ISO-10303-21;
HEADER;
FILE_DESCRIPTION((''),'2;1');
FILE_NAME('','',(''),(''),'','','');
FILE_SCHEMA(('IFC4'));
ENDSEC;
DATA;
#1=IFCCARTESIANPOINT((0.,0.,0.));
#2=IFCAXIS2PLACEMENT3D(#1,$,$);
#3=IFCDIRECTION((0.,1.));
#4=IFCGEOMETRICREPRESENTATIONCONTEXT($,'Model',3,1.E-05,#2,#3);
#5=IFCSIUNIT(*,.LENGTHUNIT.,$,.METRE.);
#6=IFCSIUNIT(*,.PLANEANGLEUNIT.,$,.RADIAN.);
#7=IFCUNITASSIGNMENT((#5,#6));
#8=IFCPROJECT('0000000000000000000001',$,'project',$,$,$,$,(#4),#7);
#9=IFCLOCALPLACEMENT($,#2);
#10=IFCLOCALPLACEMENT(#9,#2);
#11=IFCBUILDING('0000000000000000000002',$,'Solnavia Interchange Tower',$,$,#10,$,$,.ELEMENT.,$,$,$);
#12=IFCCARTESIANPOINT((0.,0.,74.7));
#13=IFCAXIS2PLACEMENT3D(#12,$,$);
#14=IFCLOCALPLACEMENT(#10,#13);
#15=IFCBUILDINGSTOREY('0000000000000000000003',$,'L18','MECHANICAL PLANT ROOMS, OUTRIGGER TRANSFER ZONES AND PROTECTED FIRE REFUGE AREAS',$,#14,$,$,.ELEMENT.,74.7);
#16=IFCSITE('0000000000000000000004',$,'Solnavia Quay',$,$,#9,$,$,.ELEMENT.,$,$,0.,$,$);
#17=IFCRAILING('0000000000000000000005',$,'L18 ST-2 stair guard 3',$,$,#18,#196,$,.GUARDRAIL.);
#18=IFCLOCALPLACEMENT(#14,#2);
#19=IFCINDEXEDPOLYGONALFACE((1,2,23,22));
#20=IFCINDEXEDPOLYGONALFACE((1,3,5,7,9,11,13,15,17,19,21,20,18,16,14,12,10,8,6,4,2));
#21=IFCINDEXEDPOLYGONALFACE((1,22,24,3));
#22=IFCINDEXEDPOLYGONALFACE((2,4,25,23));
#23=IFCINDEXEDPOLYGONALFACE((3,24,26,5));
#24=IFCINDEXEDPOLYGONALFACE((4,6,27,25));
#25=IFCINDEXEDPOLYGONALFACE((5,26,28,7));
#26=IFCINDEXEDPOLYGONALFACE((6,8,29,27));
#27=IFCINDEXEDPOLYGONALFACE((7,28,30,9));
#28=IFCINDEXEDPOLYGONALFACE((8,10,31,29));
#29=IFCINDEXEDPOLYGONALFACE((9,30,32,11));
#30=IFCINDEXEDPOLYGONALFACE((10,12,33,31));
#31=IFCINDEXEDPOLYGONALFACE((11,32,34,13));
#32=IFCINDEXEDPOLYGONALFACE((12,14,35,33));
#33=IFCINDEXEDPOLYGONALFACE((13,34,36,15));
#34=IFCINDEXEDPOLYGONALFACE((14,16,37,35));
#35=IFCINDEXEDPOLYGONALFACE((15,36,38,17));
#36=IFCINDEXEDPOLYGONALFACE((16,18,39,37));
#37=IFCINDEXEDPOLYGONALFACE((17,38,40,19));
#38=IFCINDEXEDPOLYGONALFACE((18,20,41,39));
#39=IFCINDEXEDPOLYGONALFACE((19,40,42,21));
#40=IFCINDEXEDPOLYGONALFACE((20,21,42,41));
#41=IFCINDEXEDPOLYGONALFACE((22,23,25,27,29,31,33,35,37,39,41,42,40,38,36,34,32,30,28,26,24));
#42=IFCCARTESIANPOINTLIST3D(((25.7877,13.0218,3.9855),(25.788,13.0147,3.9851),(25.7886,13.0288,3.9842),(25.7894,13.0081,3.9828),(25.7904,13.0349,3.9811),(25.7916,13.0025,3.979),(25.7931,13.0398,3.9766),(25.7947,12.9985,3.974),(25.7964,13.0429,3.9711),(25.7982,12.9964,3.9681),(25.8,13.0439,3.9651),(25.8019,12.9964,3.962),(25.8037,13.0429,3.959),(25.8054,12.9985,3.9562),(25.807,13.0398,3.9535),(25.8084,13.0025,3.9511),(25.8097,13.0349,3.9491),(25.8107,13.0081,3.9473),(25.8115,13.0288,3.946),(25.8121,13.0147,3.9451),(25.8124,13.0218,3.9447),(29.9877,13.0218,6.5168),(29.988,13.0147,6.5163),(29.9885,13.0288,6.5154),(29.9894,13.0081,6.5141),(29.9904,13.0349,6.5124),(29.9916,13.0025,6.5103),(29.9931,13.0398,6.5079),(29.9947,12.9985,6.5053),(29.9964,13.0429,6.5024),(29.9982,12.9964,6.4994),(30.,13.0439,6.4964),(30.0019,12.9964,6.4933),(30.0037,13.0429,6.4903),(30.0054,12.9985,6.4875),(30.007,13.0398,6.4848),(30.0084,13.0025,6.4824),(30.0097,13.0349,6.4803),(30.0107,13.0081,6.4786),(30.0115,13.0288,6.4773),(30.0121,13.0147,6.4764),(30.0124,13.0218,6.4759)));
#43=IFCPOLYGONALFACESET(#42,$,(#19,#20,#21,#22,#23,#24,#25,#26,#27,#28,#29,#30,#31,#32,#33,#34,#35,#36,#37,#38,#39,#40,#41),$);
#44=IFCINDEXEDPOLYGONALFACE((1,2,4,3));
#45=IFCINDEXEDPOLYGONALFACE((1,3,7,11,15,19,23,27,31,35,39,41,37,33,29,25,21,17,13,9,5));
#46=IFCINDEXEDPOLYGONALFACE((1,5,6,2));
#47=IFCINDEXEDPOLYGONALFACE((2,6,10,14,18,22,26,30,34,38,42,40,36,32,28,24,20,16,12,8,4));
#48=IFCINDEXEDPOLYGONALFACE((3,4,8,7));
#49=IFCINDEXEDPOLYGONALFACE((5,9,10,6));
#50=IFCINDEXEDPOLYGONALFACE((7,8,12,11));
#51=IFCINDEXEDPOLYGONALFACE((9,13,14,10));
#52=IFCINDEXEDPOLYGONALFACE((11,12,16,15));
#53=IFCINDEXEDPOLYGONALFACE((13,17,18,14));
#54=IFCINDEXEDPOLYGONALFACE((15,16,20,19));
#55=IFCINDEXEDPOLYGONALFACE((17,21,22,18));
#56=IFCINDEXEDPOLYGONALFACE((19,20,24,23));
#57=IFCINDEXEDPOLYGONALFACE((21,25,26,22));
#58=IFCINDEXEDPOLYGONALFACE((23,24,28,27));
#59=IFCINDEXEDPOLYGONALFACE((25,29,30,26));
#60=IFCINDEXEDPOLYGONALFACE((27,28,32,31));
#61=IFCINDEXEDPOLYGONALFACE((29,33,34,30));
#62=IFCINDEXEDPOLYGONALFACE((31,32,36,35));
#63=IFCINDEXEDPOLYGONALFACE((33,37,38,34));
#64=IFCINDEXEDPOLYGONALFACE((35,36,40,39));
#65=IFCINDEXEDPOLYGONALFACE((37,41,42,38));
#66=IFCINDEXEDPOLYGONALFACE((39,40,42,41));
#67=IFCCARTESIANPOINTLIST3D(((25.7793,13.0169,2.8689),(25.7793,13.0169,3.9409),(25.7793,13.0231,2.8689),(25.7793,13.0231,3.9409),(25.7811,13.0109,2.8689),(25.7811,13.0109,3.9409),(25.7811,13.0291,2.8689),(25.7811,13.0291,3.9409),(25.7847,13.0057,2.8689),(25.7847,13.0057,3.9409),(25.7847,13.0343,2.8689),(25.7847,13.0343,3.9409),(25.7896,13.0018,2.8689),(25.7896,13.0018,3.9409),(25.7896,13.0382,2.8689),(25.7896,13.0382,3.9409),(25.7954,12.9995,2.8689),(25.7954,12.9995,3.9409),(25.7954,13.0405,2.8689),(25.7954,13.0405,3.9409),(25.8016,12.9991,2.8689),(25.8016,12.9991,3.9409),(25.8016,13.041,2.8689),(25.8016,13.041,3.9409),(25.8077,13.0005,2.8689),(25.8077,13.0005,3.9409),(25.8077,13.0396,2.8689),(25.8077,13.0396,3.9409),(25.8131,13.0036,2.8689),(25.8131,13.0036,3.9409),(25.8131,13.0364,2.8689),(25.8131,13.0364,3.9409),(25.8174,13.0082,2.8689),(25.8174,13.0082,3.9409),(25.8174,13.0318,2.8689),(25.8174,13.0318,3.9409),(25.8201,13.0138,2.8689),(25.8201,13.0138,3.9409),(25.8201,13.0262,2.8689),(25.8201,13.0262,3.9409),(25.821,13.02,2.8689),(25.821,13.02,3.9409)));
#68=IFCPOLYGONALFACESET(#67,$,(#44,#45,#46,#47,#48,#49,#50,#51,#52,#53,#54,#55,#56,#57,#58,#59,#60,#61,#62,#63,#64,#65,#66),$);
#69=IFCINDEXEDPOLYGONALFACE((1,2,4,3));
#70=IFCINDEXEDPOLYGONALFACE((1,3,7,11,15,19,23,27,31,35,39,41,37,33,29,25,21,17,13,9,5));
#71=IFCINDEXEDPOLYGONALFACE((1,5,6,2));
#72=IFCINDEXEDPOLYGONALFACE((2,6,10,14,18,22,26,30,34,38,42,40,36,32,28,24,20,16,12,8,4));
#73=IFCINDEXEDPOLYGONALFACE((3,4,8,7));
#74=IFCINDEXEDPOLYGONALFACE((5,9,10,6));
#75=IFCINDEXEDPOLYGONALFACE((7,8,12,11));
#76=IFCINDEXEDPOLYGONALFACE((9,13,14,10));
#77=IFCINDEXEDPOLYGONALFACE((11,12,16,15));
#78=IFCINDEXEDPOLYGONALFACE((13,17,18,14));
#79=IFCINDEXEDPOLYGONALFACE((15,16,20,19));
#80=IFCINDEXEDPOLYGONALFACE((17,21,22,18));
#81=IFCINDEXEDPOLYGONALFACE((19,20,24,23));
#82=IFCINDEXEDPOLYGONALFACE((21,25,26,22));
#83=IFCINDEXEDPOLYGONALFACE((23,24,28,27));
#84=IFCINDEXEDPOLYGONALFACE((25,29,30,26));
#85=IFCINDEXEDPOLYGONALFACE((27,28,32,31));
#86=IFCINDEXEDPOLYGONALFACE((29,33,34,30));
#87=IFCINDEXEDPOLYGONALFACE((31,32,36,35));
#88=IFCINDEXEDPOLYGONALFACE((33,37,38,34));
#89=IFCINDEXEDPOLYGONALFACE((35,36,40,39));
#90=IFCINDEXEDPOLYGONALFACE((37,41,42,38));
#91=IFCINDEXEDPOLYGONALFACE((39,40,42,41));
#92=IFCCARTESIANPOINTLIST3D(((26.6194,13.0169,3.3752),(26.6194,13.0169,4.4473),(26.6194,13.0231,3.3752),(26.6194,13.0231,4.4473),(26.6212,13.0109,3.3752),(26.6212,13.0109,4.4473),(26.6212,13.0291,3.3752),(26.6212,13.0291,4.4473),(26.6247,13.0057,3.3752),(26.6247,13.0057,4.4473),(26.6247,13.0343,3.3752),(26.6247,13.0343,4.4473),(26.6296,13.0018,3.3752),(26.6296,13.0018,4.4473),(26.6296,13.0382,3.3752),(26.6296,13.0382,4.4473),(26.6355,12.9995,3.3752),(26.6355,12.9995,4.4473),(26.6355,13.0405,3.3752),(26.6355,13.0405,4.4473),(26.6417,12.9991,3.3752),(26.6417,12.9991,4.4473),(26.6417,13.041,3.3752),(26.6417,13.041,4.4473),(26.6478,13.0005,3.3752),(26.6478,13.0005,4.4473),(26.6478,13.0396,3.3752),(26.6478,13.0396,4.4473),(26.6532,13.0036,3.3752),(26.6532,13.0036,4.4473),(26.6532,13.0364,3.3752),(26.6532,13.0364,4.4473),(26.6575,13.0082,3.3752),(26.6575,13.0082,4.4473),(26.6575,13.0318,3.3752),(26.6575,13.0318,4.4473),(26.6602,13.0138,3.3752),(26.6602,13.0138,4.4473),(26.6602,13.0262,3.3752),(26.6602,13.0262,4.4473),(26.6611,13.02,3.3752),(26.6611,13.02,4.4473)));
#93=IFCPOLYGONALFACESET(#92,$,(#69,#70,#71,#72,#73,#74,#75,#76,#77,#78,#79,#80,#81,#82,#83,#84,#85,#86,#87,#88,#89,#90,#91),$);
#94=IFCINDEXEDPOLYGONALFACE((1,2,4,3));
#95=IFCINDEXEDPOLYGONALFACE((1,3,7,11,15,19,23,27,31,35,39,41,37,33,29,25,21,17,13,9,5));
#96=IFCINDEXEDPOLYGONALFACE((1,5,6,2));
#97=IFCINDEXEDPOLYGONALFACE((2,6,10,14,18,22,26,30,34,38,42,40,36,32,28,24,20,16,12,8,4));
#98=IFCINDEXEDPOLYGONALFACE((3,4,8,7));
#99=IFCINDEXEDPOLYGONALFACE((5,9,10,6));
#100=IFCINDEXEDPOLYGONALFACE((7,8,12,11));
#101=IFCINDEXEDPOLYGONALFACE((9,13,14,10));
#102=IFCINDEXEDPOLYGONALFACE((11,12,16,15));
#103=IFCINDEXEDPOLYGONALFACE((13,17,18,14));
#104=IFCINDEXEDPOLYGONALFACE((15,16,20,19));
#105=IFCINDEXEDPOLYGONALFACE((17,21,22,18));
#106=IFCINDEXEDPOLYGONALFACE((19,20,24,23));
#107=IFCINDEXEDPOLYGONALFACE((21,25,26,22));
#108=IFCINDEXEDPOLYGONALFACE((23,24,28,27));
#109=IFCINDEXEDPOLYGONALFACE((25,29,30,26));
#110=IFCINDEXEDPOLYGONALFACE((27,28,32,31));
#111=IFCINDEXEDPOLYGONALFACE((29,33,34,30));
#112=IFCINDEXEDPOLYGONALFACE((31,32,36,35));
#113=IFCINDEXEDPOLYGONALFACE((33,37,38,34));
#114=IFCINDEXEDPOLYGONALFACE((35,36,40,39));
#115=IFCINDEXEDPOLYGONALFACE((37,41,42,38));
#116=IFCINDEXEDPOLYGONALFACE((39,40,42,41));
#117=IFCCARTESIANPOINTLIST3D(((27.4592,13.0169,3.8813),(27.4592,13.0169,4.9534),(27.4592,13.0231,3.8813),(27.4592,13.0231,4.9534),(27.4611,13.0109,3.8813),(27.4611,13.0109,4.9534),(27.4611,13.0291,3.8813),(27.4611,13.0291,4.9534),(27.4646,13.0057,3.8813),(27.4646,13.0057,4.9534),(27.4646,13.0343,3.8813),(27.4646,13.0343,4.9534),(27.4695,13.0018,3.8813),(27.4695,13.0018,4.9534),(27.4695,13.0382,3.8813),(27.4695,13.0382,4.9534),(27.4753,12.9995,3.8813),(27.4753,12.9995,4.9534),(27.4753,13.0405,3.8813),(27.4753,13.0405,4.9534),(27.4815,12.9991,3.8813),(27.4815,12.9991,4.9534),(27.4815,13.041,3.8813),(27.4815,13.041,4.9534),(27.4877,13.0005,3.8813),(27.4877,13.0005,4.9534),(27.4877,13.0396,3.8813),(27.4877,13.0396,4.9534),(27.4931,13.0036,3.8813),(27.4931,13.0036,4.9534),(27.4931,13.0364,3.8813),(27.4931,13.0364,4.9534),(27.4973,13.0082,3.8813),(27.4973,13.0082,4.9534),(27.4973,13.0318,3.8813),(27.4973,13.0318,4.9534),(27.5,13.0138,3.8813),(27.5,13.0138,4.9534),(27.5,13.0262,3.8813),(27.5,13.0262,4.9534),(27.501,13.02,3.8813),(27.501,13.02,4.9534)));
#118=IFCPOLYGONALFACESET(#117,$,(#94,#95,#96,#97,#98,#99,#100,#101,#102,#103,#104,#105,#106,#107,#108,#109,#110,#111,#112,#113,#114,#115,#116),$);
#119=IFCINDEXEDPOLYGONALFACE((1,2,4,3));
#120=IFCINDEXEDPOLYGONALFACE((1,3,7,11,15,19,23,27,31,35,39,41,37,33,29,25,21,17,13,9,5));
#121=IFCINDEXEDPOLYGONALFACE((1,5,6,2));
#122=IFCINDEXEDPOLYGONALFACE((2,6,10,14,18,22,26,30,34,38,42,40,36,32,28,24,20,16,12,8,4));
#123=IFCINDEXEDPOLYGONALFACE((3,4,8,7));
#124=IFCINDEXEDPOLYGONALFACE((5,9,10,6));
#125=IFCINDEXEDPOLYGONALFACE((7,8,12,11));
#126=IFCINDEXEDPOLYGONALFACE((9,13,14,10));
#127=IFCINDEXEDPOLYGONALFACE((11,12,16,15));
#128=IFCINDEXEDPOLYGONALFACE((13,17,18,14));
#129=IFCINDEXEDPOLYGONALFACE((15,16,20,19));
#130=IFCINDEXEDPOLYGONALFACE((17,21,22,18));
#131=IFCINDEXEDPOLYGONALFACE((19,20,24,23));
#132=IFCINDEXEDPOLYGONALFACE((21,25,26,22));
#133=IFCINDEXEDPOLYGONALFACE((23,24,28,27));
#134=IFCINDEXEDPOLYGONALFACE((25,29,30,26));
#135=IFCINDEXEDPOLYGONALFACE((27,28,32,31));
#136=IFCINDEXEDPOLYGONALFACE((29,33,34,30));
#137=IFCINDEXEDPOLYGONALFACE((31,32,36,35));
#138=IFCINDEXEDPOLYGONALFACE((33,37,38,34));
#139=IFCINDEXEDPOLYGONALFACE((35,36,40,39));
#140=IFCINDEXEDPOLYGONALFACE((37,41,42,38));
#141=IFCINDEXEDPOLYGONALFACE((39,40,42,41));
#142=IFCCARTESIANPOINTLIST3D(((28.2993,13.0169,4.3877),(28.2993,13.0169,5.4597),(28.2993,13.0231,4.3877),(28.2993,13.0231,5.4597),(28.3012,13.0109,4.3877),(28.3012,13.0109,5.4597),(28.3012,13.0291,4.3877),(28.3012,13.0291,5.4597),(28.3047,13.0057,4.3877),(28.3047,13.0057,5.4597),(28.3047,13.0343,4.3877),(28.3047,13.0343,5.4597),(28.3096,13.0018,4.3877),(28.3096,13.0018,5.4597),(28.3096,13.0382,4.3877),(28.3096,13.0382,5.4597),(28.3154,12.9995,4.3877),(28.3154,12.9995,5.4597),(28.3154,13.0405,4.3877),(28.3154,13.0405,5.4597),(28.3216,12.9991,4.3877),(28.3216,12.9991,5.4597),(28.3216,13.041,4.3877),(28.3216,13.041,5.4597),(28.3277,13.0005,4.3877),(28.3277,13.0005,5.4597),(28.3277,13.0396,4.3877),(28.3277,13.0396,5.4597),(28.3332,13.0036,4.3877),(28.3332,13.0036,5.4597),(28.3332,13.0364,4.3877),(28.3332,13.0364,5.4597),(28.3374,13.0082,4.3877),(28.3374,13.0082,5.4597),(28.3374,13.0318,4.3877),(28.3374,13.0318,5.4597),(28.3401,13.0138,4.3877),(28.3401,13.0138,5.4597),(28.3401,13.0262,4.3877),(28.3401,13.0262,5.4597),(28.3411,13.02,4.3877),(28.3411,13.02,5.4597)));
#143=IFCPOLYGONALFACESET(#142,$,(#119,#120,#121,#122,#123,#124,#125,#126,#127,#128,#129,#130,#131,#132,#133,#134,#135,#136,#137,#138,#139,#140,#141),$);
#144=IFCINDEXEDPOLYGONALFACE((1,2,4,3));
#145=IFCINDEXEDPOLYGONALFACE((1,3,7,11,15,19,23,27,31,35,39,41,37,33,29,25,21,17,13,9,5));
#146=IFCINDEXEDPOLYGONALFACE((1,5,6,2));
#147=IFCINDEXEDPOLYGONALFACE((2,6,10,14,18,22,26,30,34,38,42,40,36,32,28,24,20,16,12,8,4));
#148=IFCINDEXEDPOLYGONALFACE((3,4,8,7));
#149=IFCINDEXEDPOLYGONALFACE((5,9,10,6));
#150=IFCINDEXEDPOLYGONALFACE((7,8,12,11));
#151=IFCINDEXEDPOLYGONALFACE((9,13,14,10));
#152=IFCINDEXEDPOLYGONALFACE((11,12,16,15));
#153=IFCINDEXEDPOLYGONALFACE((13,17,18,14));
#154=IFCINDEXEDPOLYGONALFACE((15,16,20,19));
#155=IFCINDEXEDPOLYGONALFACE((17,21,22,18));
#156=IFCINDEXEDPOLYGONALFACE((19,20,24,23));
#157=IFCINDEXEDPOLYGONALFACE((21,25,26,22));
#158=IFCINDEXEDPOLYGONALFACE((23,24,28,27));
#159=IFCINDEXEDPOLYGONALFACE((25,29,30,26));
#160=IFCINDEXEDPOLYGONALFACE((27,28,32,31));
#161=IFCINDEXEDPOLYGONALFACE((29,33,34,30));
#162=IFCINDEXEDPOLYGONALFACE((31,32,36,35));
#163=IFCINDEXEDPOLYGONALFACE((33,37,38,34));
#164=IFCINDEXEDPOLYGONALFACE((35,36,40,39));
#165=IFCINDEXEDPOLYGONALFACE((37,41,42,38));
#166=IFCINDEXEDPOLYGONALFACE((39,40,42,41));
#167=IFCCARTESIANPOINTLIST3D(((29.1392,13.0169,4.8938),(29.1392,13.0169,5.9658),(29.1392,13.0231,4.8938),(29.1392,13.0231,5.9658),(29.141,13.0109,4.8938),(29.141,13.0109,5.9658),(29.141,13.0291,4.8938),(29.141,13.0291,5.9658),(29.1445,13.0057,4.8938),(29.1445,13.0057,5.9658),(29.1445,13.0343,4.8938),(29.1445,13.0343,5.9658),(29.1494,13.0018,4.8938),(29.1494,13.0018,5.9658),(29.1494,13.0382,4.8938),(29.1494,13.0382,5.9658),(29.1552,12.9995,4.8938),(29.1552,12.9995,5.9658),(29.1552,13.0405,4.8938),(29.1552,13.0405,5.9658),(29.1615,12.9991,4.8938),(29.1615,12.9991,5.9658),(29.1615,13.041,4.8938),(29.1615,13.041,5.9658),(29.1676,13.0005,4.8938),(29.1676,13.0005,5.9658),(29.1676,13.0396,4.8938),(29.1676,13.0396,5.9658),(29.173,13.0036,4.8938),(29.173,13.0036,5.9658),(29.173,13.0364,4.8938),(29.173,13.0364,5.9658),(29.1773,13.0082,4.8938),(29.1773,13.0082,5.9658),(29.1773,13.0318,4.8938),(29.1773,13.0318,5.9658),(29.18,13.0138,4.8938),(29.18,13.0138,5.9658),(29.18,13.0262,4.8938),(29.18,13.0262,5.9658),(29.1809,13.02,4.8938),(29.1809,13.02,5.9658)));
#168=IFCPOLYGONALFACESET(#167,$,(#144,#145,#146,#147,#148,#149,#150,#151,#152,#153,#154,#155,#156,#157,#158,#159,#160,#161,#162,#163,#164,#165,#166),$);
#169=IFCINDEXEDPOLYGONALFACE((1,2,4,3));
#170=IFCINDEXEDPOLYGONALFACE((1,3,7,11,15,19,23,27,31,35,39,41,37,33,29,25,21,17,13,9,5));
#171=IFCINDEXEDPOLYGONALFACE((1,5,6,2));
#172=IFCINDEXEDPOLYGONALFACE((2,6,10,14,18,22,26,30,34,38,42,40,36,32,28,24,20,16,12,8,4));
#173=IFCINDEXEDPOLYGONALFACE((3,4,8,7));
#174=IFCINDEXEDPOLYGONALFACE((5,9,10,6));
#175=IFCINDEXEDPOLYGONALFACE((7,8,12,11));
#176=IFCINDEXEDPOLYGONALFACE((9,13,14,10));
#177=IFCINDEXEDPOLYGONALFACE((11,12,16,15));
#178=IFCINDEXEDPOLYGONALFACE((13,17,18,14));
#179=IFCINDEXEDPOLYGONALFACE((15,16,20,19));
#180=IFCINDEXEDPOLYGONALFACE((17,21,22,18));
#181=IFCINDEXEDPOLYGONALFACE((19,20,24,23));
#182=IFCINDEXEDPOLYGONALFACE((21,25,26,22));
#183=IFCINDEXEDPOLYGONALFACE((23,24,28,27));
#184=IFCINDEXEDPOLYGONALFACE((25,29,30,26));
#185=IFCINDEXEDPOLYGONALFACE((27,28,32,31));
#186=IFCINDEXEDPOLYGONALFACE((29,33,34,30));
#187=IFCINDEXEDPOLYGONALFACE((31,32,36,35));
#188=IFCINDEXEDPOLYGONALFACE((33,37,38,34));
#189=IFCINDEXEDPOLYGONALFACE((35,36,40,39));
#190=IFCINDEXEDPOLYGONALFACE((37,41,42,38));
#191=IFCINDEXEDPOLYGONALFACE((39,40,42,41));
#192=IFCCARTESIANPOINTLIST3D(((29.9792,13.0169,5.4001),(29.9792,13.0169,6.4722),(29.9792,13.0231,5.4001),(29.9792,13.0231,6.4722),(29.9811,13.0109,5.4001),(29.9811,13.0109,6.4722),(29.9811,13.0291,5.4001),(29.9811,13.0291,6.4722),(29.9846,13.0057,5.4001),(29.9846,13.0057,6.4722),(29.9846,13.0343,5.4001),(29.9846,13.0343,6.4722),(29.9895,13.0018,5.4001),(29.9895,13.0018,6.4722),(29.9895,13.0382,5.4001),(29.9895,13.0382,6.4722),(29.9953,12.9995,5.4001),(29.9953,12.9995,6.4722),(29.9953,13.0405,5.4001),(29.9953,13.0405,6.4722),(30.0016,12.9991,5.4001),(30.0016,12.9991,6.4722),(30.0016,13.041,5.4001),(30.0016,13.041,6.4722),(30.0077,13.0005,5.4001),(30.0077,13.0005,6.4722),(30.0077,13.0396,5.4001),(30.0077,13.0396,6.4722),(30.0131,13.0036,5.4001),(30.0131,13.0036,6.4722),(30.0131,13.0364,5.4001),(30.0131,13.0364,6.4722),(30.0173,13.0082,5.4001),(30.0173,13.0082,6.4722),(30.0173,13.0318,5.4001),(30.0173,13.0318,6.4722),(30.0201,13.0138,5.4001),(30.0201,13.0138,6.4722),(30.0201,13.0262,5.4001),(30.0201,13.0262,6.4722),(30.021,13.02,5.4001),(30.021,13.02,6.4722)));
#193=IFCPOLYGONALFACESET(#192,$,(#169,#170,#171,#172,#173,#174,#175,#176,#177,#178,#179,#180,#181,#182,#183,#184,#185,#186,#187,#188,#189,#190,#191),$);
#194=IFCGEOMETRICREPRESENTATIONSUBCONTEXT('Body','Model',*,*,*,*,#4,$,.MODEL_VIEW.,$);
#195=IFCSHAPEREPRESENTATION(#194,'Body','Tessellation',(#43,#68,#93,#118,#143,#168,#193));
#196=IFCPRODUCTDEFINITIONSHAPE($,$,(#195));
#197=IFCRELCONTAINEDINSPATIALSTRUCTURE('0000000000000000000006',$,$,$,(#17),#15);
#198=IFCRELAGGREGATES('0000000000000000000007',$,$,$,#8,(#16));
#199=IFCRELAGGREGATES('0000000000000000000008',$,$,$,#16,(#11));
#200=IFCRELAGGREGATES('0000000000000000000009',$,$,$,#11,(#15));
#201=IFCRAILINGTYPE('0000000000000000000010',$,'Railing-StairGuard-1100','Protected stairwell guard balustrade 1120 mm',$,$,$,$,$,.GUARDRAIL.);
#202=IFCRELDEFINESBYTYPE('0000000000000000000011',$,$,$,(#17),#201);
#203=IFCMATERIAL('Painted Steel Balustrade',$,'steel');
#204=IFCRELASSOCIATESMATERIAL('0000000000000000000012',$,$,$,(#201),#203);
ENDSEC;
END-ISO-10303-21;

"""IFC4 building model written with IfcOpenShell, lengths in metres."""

from ifc_helpers import new_model, si_unit, direction, frame, origin, origin_2d, place, context, subcontext, project, spatial, circle, extrude, material, type_object, element, save


model = new_model("IFC4")

# Units and contexts
model_context = context("Model", 3, precision=1e-05, world=origin(), true_north=direction((0.0, 1.0)))
body_context = subcontext(model_context, "Body", "Model", "MODEL_VIEW")
ifc_project = project(units=[si_unit("LENGTHUNIT", "METRE"), si_unit("PLANEANGLEUNIT", "RADIAN")], contexts=[model_context])

# Site, building, storey
site_placement = place(None, origin())
site = spatial("IfcSite", under=ifc_project, at=site_placement, Name="Solnavia Quay", CompositionType="ELEMENT", RefElevation=0.0)
building_placement = place(site_placement, origin())
building = spatial("IfcBuilding", under=site, at=building_placement, Name="Solnavia Interchange Tower", CompositionType="ELEMENT")
storey_placement = place(building_placement, frame((0.0, 0.0, 74.7)))
storey = spatial("IfcBuildingStorey", under=building, at=storey_placement, Name="L18", Description="MECHANICAL PLANT ROOMS, OUTRIGGER TRANSFER ZONES AND PROTECTED FIRE REFUGE AREAS", CompositionType="ELEMENT", Elevation=74.7)

# Railing
ifc_material_1 = material(Name="Painted Steel Balustrade", Category="steel")
railing_type_1 = type_object("IfcRailingType", Name="Railing-StairGuard-1100", Description="Protected stairwell guard balustrade 1120 mm", PredefinedType="GUARDRAIL", material=ifc_material_1)
railing_1_placement = place(storey_placement, frame((25.8, 13.02, 2.8689)))
element("IfcRailing", 1, at=railing_1_placement, inside=storey, type_object=railing_type_1, Name="L18 ST-2 stair guard 3", PredefinedType="GUARDRAIL", context=body_context, shape_type="SweptSolid", body=[
    extrude(circle(Radius=0.0239, at=origin_2d()), frame((0.0, 0.0, 1.0962), z_axis=(0.856476, 0.0, 0.516186), x_axis=(0.0, 1.0, 0.0)), (0.0, 0.0, 1.0), 4.9038),
    extrude(circle(Radius=0.021, at=origin_2d()), origin(), (0.0, 0.0, 1.0), 1.072),
    extrude(circle(Radius=0.021, at=origin_2d()), frame((0.8401, 0.0, 0.5063)), (0.0, 0.0, 1.0), 1.072),
    extrude(circle(Radius=0.021, at=origin_2d()), frame((1.6799, 0.0, 1.0125)), (0.0, 0.0, 1.0), 1.072),
    extrude(circle(Radius=0.021, at=origin_2d()), frame((2.52, 0.0, 1.5188)), (0.0, 0.0, 1.0), 1.072),
    extrude(circle(Radius=0.021, at=origin_2d()), frame((3.3599, 0.0, 2.0249)), (0.0, 0.0, 1.0), 1.072),
    extrude(circle(Radius=0.021, at=origin_2d()), frame((4.2, 0.0, 2.5312)), (0.0, 0.0, 1.0), 1.072),
])

save(model, "model.ifc")
